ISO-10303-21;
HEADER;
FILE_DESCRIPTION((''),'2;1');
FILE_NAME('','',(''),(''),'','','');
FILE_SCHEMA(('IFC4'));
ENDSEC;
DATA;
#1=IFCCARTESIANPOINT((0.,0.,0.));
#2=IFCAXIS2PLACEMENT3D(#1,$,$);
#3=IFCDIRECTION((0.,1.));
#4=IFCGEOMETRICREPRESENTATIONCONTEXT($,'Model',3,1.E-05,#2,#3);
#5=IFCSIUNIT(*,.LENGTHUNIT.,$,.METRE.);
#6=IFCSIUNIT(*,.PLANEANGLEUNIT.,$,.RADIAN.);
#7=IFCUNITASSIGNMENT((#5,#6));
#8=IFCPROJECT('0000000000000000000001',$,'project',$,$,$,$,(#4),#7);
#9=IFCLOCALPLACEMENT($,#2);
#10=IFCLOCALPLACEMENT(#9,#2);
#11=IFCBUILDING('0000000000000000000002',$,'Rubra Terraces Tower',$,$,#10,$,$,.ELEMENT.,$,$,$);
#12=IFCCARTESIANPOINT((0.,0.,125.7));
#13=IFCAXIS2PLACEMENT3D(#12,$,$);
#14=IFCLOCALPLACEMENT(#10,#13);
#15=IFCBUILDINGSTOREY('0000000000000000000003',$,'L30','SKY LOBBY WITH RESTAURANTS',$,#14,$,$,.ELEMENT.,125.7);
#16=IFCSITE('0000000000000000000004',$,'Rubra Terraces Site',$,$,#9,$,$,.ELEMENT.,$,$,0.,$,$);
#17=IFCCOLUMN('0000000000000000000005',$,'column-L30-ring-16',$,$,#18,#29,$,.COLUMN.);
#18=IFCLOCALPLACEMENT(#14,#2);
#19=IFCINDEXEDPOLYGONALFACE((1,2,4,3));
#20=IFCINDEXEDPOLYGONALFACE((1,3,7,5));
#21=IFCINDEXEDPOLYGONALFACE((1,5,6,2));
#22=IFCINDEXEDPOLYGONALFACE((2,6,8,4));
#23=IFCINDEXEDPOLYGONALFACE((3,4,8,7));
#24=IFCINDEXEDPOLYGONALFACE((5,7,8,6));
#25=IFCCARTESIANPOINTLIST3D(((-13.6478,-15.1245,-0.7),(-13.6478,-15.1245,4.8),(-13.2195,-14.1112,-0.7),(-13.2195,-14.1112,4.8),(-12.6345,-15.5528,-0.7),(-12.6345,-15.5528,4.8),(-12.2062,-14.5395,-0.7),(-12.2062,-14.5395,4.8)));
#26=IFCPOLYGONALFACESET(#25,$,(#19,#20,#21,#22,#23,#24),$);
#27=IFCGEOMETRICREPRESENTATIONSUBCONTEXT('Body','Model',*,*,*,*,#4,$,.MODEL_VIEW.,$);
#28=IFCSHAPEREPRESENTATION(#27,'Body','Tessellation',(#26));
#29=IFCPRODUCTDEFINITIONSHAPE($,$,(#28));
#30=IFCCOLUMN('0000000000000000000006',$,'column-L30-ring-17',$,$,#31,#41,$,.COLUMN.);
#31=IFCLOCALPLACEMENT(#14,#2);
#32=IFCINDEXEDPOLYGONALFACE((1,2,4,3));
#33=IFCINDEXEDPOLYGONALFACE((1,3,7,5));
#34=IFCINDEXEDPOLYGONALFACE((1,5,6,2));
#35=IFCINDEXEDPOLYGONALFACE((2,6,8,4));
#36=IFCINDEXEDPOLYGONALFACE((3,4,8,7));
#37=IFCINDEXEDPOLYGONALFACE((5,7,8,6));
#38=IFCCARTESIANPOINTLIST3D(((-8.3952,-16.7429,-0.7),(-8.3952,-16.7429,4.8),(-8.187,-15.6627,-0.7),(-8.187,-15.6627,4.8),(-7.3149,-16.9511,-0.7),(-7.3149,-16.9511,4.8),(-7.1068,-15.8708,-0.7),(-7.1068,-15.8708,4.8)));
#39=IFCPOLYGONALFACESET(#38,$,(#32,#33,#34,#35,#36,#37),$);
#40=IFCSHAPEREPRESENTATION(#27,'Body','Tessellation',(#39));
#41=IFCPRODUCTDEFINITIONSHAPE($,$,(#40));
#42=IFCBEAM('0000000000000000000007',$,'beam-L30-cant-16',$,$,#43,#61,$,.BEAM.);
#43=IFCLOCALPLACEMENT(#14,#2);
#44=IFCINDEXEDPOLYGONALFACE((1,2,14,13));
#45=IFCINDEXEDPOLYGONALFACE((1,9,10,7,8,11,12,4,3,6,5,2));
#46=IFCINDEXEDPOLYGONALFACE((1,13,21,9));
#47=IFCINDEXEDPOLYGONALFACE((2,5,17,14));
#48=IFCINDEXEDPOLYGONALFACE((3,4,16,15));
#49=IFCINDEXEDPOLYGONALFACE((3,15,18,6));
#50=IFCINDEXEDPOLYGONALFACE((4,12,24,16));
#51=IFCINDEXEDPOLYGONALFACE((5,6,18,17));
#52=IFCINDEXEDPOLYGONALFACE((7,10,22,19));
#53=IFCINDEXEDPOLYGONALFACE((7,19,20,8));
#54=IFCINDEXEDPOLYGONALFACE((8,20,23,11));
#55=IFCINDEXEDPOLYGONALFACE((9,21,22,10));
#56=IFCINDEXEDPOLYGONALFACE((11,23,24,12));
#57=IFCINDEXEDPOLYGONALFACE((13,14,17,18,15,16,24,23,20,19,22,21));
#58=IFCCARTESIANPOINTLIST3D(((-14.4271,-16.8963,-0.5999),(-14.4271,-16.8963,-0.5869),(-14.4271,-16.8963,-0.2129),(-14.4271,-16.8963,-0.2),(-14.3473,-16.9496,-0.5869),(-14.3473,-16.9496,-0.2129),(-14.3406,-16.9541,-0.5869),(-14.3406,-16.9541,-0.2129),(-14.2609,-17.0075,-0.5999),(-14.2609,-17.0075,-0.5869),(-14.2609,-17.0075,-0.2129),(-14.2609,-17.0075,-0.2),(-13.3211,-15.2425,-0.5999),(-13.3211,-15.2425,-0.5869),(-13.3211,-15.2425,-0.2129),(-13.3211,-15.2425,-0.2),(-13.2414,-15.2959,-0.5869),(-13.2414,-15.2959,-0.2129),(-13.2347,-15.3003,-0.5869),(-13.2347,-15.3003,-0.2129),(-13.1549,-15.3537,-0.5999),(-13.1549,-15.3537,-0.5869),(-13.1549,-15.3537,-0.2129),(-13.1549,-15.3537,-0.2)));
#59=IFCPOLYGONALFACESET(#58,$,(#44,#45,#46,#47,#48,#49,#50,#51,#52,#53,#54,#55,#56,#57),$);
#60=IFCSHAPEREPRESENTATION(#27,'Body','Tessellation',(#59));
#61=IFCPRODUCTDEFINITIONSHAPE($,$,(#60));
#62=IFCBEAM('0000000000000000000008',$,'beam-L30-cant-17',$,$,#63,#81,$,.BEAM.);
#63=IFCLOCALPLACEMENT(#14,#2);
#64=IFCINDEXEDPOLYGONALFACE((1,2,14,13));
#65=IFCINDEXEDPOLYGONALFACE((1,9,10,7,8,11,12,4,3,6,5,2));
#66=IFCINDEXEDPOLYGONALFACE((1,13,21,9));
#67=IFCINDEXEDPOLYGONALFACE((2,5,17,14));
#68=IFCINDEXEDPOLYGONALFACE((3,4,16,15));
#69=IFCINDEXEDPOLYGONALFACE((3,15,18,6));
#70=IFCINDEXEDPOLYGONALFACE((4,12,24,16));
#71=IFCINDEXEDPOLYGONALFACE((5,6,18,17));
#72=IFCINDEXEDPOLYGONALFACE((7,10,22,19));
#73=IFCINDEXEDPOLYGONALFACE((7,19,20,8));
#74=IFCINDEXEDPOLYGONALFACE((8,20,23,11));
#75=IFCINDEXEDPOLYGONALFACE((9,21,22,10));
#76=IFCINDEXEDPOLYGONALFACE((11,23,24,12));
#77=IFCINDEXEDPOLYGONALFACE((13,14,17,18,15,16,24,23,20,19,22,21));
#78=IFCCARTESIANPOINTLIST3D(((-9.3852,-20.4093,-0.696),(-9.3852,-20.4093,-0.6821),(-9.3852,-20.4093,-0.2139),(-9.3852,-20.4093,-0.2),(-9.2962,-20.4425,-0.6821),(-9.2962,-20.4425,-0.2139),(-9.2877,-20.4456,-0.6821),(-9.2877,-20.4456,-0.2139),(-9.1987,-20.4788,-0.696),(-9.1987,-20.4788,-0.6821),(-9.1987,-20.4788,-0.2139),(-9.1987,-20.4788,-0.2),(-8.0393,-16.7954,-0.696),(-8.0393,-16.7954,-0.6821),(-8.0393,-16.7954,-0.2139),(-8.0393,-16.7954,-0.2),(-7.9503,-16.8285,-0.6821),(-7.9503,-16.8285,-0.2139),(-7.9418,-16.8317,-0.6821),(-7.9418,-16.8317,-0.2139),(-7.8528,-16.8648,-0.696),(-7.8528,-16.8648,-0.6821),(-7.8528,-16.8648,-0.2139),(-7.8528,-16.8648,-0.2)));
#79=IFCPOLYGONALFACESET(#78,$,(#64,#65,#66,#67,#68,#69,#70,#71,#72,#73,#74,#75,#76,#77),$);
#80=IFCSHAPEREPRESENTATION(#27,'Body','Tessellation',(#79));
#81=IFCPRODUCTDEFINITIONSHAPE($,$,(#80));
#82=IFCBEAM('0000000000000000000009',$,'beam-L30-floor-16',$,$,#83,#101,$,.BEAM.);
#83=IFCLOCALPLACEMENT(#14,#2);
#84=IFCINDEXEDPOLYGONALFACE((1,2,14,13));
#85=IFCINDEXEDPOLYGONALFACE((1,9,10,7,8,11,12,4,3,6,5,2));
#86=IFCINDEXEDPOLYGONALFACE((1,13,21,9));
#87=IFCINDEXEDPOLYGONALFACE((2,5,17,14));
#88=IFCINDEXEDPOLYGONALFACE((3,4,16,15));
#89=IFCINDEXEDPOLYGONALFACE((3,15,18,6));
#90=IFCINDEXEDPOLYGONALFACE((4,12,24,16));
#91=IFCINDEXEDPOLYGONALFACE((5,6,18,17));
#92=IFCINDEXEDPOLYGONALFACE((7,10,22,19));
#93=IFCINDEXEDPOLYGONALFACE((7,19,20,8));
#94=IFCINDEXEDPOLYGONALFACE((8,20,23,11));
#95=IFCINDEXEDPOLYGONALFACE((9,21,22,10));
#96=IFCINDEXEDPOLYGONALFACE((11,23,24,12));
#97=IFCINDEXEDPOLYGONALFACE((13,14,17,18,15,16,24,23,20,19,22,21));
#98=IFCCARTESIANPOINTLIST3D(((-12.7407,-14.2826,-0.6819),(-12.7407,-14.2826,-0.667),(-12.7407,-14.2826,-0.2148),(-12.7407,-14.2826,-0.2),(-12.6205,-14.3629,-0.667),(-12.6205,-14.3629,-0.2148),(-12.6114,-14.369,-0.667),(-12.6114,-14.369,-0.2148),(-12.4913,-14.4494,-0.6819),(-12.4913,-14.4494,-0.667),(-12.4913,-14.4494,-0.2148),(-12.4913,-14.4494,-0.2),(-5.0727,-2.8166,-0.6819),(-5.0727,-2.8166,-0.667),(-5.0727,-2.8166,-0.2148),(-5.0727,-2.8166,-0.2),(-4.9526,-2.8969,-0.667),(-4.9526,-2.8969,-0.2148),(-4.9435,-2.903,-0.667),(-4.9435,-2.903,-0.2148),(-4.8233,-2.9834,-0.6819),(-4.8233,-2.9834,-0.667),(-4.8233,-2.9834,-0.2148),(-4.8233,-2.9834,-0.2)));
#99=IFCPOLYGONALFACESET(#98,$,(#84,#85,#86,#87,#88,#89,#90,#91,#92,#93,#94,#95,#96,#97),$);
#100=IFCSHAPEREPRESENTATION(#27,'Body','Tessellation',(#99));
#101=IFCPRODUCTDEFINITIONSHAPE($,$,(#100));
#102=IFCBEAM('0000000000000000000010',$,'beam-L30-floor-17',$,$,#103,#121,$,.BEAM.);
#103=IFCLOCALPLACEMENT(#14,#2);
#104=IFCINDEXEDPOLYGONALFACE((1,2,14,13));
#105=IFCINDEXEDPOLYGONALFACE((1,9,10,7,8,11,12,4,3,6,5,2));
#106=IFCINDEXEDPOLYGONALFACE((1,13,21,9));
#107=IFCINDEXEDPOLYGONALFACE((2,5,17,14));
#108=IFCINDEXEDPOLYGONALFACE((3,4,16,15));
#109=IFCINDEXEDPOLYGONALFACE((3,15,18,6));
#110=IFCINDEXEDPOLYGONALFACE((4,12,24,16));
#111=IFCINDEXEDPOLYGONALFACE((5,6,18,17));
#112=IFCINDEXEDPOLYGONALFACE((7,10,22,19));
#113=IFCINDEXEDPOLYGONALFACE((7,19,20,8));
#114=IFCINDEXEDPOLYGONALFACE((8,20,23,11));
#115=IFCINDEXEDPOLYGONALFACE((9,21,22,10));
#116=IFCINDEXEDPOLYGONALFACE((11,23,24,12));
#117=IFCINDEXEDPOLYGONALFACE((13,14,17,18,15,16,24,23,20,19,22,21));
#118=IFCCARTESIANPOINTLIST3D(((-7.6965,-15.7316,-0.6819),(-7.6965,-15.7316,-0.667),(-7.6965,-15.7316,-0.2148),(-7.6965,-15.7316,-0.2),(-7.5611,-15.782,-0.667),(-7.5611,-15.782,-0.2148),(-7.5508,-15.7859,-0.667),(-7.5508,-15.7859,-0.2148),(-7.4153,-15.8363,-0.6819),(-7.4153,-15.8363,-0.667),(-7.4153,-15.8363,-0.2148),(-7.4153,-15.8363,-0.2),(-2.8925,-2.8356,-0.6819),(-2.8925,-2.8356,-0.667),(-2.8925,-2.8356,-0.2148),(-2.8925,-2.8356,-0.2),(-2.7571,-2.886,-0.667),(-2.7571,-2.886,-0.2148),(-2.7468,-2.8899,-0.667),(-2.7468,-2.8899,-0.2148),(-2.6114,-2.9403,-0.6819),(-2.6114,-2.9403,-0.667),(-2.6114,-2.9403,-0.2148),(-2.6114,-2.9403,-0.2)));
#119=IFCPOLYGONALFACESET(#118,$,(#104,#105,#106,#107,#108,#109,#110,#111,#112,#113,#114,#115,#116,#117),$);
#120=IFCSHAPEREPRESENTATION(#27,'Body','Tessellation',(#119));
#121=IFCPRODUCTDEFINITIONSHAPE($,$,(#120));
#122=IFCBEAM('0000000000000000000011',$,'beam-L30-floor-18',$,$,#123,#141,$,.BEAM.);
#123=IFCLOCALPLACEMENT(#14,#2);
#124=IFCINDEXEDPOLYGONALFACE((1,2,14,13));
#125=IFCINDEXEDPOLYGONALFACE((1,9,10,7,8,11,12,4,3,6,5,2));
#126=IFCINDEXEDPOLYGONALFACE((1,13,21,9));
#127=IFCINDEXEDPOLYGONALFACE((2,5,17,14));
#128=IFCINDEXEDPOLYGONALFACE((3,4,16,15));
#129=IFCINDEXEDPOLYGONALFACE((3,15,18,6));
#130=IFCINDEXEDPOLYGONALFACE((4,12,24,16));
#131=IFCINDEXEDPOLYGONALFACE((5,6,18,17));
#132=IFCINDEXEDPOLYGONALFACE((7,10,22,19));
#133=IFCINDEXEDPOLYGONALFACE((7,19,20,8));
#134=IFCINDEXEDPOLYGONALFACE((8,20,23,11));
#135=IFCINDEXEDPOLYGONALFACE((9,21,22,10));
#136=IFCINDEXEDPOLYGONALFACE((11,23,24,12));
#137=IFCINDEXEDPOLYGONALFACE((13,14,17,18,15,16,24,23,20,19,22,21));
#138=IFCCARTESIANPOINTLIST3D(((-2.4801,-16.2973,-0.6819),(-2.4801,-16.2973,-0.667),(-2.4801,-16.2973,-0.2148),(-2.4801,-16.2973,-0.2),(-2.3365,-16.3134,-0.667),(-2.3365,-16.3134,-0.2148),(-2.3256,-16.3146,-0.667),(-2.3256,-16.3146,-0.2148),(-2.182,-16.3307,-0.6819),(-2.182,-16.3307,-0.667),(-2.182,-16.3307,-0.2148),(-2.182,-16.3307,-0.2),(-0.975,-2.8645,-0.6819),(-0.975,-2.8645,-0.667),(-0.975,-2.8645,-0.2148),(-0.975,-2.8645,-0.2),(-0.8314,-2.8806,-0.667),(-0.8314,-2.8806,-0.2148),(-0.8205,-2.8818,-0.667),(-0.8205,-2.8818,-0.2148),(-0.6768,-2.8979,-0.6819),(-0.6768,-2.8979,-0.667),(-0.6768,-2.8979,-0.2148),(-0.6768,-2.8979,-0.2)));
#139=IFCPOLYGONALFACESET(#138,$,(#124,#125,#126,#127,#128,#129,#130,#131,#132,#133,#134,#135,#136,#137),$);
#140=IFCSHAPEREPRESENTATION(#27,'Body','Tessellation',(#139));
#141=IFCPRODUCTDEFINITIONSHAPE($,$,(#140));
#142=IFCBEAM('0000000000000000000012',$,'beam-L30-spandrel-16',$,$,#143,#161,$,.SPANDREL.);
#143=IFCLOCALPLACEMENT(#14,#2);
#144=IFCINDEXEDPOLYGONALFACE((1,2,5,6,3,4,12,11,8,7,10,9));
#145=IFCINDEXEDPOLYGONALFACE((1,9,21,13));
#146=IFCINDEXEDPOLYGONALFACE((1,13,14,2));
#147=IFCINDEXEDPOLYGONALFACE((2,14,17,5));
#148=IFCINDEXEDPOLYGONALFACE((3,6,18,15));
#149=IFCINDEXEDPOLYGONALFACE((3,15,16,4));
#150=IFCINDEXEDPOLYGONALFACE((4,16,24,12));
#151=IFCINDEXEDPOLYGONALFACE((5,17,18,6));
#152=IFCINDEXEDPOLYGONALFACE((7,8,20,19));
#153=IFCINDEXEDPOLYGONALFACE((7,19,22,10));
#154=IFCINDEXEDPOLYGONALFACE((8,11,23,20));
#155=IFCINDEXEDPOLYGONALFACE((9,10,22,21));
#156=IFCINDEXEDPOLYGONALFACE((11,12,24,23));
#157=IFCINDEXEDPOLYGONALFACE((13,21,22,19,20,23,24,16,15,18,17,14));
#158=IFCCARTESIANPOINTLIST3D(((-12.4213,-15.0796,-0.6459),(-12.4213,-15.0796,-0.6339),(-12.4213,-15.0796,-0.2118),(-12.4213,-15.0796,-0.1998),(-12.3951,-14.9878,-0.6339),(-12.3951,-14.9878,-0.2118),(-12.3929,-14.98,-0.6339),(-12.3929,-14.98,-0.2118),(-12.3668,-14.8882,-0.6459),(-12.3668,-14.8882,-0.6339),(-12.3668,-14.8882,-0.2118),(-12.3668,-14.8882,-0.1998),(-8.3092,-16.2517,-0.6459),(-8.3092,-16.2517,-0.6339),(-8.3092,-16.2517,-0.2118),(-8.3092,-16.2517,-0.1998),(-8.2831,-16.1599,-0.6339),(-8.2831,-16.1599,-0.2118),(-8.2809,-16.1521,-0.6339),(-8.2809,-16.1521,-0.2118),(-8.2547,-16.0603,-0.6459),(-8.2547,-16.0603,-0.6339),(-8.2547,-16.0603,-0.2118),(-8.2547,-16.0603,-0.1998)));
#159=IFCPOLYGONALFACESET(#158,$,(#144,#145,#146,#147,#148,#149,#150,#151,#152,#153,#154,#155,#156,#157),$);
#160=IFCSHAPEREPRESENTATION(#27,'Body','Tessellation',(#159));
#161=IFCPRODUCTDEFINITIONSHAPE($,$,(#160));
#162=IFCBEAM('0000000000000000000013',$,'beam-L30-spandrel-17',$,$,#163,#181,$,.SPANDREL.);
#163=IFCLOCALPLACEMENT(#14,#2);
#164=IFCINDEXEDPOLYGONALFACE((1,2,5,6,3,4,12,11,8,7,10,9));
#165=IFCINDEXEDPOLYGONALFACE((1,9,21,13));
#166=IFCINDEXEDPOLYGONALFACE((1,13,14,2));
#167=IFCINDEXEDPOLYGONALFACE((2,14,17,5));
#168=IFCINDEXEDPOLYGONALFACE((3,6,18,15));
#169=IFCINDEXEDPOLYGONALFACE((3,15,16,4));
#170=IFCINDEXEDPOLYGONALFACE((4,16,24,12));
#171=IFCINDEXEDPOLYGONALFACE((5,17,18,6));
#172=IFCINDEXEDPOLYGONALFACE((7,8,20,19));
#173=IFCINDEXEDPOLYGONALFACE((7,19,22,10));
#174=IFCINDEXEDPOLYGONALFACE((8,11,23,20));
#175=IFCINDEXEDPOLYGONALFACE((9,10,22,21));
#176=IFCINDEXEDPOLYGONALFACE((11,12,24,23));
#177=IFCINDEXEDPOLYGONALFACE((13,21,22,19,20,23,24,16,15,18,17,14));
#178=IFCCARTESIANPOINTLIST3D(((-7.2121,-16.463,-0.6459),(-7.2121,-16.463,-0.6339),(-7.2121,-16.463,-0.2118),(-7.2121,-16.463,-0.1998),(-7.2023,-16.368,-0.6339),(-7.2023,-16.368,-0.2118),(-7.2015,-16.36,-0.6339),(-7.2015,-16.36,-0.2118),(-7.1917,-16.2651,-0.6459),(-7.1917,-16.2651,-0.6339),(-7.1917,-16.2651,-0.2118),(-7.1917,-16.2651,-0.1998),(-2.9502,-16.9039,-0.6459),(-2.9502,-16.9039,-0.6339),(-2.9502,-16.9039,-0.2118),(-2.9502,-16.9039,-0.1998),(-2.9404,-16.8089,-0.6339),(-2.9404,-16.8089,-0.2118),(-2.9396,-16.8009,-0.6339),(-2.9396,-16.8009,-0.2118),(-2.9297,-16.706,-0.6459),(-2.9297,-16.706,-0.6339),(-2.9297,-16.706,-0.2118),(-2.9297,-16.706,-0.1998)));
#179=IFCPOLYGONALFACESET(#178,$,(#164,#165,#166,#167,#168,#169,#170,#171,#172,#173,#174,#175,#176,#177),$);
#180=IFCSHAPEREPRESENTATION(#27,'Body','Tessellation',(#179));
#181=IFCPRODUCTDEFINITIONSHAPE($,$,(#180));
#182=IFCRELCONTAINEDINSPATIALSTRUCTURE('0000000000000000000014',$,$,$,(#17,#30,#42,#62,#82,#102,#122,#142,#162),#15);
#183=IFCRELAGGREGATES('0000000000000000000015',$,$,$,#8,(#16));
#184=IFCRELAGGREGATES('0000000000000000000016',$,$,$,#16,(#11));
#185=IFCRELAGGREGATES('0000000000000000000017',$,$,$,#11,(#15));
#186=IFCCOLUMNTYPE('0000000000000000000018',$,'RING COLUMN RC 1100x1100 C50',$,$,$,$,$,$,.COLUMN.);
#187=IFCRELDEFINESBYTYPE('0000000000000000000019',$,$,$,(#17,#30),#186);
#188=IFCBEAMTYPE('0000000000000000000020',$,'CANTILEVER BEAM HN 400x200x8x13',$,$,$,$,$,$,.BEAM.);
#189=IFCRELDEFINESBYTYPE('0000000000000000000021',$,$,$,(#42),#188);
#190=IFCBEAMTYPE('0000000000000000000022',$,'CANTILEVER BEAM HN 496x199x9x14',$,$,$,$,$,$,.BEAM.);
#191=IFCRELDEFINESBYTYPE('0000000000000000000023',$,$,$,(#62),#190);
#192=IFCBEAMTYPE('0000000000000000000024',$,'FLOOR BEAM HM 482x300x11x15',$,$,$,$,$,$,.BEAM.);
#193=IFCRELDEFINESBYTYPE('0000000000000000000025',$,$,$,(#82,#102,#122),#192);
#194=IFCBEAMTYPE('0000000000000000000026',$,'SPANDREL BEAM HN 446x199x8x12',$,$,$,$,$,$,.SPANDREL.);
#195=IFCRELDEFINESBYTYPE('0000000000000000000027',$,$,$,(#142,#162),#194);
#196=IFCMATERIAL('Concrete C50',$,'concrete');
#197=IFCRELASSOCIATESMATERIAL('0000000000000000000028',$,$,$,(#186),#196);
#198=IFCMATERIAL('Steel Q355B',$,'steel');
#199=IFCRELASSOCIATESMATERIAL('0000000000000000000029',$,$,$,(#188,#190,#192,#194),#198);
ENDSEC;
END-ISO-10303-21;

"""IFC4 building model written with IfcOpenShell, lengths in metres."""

from ifc_helpers import new_model, si_unit, direction, frame, origin, origin_2d, place, context, subcontext, project, spatial, rectangle, i_section, extrude, material, material_profile, profile_set, type_object, element, save


model = new_model("IFC4")

# Units and contexts
model_context = context("Model", 3, precision=1e-05, world=origin(), true_north=direction((0.0, 1.0)))
body_context = subcontext(model_context, "Body", "Model", "MODEL_VIEW")
ifc_project = project(units=[si_unit("LENGTHUNIT", "METRE"), si_unit("PLANEANGLEUNIT", "RADIAN")], contexts=[model_context])

# Site, building, storey
site_placement = place(None, origin())
site = spatial("IfcSite", under=ifc_project, at=site_placement, Name="Rubra Terraces Site", CompositionType="ELEMENT", RefElevation=0.0)
building_placement = place(site_placement, origin())
building = spatial("IfcBuilding", under=site, at=building_placement, Name="Rubra Terraces Tower", CompositionType="ELEMENT")
storey_placement = place(building_placement, frame((0.0, 0.0, 125.7)))
storey = spatial("IfcBuildingStorey", under=building, at=storey_placement, Name="L30", Description="SKY LOBBY WITH RESTAURANTS", CompositionType="ELEMENT", Elevation=125.7)

# Columns
ifc_material_1 = material(Name="Concrete C50", Category="concrete")
ifc_material_profile_1 = material_profile(ifc_material_1, rectangle(XDim=1.1001, YDim=1.1001, at=origin_2d()), Name="RC 1100x1100")
ifc_profile_set_1 = profile_set([ifc_material_profile_1], Name="Concrete C50")
column_type = type_object("IfcColumnType", Name="RING COLUMN RC 1100x1100 C50", PredefinedType="COLUMN", material=ifc_profile_set_1)
for number, where, z_axis, x_axis, name in (
    (1, (-12.927, -14.832, -0.7), (0.0, 0.0, 1.0), (0.921106, -0.389313, 0.0), "column-L30-ring-16"),
    (2, (-7.751, -16.3069, -0.7), (0.0, 0.0, 1.0), (0.981937, -0.18921, 0.0), "column-L30-ring-17"),
):
    element("IfcColumn", number, at=place(storey_placement, frame(where, z_axis=z_axis, x_axis=x_axis)), inside=storey, type_object=column_type, Name=name, PredefinedType="COLUMN", context=body_context, shape_type="SweptSolid", body=[
        extrude(rectangle(XDim=1.1001, YDim=1.1001, at=origin_2d()), origin(), (0.0, 0.0, 1.0), 5.5),
    ])

# Beams
ifc_material_2 = material(Name="Steel Q355B", Category="steel")
ifc_material_profile_2 = material_profile(ifc_material_2, i_section(OverallWidth=0.2, OverallDepth=0.3999, WebThickness=0.0081, FlangeThickness=0.0129, at=origin_2d()), Name="HN 400x200x8x13")
ifc_profile_set_2 = profile_set([ifc_material_profile_2], Name="Steel Q355B")
beam_type_1 = type_object("IfcBeamType", Name="CANTILEVER BEAM HN 400x200x8x13", PredefinedType="BEAM", material=ifc_profile_set_2)
beam_1_placement = place(storey_placement, frame((-13.238, -15.2981, -0.3999), z_axis=(-0.555889, -0.831257, 0.0), x_axis=(0.831257, -0.555889, 0.0)))
element("IfcBeam", 3, at=beam_1_placement, inside=storey, type_object=beam_type_1, Name="beam-L30-cant-16", PredefinedType="BEAM", context=body_context, shape_type="SweptSolid", body=[
    extrude(i_section(OverallWidth=0.2, OverallDepth=0.3999, WebThickness=0.0081, FlangeThickness=0.0129, at=origin_2d()), origin(), (0.0, 0.0, 1.0), 1.9895),
])
ifc_material_profile_3 = material_profile(ifc_material_2, i_section(OverallWidth=0.199, OverallDepth=0.4961, WebThickness=0.009, FlangeThickness=0.0139, at=origin_2d()), Name="HN 496x199x9x14")
ifc_profile_set_3 = profile_set([ifc_material_profile_3], Name="Steel Q355B")
beam_type_2 = type_object("IfcBeamType", Name="CANTILEVER BEAM HN 496x199x9x14", PredefinedType="BEAM", material=ifc_profile_set_3)
beam_2_placement = place(storey_placement, frame((-7.946, -16.8301, -0.448), z_axis=(-0.349007, -0.93712, 0.0), x_axis=(0.93712, -0.349007, 0.0)))
element("IfcBeam", 4, at=beam_2_placement, inside=storey, type_object=beam_type_2, Name="beam-L30-cant-17", PredefinedType="BEAM", context=body_context, shape_type="SweptSolid", body=[
    extrude(i_section(OverallWidth=0.199, OverallDepth=0.4961, WebThickness=0.009, FlangeThickness=0.0139, at=origin_2d()), origin(), (0.0, 0.0, 1.0), 3.8564),
])
ifc_material_profile_4 = material_profile(ifc_material_2, i_section(OverallWidth=0.3, OverallDepth=0.4819, WebThickness=0.011, FlangeThickness=0.0149, at=origin_2d()), Name="HM 482x300x11x15")
ifc_profile_set_4 = profile_set([ifc_material_profile_4], Name="Steel Q355B")
beam_type_3 = type_object("IfcBeamType", Name="FLOOR BEAM HM 482x300x11x15", PredefinedType="BEAM", material=ifc_profile_set_4)
beam_3_placement = place(storey_placement, frame((-12.616, -14.366, -0.4409), z_axis=(0.5559, 0.831249, 0.0), x_axis=(-0.831249, 0.5559, 0.0)))
element("IfcBeam", 5, at=beam_3_placement, inside=storey, type_object=beam_type_3, Name="beam-L30-floor-16", PredefinedType="BEAM", context=body_context, shape_type="SweptSolid", body=[
    extrude(i_section(OverallWidth=0.3, OverallDepth=0.4819, WebThickness=0.011, FlangeThickness=0.0149, at=origin_2d()), origin(), (0.0, 0.0, 1.0), 13.7937),
])
beam_4_placement = place(storey_placement, frame((-7.5559, -15.7839, -0.4409), z_axis=(0.349081, 0.937092, 0.0), x_axis=(-0.937092, 0.349081, 0.0)))
element("IfcBeam", 6, at=beam_4_placement, inside=storey, type_object=beam_type_3, Name="beam-L30-floor-17", PredefinedType="BEAM", context=body_context, shape_type="SweptSolid", body=[
    extrude(i_section(OverallWidth=0.3, OverallDepth=0.4819, WebThickness=0.011, FlangeThickness=0.0149, at=origin_2d()), origin(), (0.0, 0.0, 1.0), 13.7617),
])
beam_5_placement = place(storey_placement, frame((-2.3311, -16.314, -0.4409), z_axis=(0.111351, 0.993781, 0.0), x_axis=(-0.993781, 0.111351, 0.0)))
element("IfcBeam", 7, at=beam_5_placement, inside=storey, type_object=beam_type_3, Name="beam-L30-floor-18", PredefinedType="BEAM", context=body_context, shape_type="SweptSolid", body=[
    extrude(i_section(OverallWidth=0.3, OverallDepth=0.4819, WebThickness=0.011, FlangeThickness=0.0149, at=origin_2d()), origin(), (0.0, 0.0, 1.0), 13.5168),
])
ifc_material_profile_5 = material_profile(ifc_material_2, i_section(OverallWidth=0.199, OverallDepth=0.446, WebThickness=0.0081, FlangeThickness=0.012, at=origin_2d()), Name="HN 446x199x8x12")
ifc_profile_set_5 = profile_set([ifc_material_profile_5], Name="Steel Q355B")
beam_type_4 = type_object("IfcBeamType", Name="SPANDREL BEAM HN 446x199x8x12", PredefinedType="SPANDREL", material=ifc_profile_set_5)
beam_6_placement = place(storey_placement, frame((-12.394, -14.9839, -0.4229), z_axis=(0.961694, -0.274125, 0.0), x_axis=(0.274125, 0.961694, 0.0)))
element("IfcBeam", 8, at=beam_6_placement, inside=storey, type_object=beam_type_4, Name="beam-L30-spandrel-16", PredefinedType="SPANDREL", context=body_context, shape_type="SweptSolid", body=[
    extrude(i_section(OverallWidth=0.199, OverallDepth=0.446, WebThickness=0.0081, FlangeThickness=0.012, at=origin_2d()), origin(), (0.0, 0.0, 1.0), 4.2759),
])
beam_7_placement = place(storey_placement, frame((-7.2019, -16.364, -0.4229), z_axis=(0.994691, -0.102905, 0.0), x_axis=(0.102905, 0.994691, 0.0)))
element("IfcBeam", 9, at=beam_7_placement, inside=storey, type_object=beam_type_4, Name="beam-L30-spandrel-17", PredefinedType="SPANDREL", context=body_context, shape_type="SweptSolid", body=[
    extrude(i_section(OverallWidth=0.199, OverallDepth=0.446, WebThickness=0.0081, FlangeThickness=0.012, at=origin_2d()), origin(), (0.0, 0.0, 1.0), 4.2847),
])

save(model, "model.ifc")
